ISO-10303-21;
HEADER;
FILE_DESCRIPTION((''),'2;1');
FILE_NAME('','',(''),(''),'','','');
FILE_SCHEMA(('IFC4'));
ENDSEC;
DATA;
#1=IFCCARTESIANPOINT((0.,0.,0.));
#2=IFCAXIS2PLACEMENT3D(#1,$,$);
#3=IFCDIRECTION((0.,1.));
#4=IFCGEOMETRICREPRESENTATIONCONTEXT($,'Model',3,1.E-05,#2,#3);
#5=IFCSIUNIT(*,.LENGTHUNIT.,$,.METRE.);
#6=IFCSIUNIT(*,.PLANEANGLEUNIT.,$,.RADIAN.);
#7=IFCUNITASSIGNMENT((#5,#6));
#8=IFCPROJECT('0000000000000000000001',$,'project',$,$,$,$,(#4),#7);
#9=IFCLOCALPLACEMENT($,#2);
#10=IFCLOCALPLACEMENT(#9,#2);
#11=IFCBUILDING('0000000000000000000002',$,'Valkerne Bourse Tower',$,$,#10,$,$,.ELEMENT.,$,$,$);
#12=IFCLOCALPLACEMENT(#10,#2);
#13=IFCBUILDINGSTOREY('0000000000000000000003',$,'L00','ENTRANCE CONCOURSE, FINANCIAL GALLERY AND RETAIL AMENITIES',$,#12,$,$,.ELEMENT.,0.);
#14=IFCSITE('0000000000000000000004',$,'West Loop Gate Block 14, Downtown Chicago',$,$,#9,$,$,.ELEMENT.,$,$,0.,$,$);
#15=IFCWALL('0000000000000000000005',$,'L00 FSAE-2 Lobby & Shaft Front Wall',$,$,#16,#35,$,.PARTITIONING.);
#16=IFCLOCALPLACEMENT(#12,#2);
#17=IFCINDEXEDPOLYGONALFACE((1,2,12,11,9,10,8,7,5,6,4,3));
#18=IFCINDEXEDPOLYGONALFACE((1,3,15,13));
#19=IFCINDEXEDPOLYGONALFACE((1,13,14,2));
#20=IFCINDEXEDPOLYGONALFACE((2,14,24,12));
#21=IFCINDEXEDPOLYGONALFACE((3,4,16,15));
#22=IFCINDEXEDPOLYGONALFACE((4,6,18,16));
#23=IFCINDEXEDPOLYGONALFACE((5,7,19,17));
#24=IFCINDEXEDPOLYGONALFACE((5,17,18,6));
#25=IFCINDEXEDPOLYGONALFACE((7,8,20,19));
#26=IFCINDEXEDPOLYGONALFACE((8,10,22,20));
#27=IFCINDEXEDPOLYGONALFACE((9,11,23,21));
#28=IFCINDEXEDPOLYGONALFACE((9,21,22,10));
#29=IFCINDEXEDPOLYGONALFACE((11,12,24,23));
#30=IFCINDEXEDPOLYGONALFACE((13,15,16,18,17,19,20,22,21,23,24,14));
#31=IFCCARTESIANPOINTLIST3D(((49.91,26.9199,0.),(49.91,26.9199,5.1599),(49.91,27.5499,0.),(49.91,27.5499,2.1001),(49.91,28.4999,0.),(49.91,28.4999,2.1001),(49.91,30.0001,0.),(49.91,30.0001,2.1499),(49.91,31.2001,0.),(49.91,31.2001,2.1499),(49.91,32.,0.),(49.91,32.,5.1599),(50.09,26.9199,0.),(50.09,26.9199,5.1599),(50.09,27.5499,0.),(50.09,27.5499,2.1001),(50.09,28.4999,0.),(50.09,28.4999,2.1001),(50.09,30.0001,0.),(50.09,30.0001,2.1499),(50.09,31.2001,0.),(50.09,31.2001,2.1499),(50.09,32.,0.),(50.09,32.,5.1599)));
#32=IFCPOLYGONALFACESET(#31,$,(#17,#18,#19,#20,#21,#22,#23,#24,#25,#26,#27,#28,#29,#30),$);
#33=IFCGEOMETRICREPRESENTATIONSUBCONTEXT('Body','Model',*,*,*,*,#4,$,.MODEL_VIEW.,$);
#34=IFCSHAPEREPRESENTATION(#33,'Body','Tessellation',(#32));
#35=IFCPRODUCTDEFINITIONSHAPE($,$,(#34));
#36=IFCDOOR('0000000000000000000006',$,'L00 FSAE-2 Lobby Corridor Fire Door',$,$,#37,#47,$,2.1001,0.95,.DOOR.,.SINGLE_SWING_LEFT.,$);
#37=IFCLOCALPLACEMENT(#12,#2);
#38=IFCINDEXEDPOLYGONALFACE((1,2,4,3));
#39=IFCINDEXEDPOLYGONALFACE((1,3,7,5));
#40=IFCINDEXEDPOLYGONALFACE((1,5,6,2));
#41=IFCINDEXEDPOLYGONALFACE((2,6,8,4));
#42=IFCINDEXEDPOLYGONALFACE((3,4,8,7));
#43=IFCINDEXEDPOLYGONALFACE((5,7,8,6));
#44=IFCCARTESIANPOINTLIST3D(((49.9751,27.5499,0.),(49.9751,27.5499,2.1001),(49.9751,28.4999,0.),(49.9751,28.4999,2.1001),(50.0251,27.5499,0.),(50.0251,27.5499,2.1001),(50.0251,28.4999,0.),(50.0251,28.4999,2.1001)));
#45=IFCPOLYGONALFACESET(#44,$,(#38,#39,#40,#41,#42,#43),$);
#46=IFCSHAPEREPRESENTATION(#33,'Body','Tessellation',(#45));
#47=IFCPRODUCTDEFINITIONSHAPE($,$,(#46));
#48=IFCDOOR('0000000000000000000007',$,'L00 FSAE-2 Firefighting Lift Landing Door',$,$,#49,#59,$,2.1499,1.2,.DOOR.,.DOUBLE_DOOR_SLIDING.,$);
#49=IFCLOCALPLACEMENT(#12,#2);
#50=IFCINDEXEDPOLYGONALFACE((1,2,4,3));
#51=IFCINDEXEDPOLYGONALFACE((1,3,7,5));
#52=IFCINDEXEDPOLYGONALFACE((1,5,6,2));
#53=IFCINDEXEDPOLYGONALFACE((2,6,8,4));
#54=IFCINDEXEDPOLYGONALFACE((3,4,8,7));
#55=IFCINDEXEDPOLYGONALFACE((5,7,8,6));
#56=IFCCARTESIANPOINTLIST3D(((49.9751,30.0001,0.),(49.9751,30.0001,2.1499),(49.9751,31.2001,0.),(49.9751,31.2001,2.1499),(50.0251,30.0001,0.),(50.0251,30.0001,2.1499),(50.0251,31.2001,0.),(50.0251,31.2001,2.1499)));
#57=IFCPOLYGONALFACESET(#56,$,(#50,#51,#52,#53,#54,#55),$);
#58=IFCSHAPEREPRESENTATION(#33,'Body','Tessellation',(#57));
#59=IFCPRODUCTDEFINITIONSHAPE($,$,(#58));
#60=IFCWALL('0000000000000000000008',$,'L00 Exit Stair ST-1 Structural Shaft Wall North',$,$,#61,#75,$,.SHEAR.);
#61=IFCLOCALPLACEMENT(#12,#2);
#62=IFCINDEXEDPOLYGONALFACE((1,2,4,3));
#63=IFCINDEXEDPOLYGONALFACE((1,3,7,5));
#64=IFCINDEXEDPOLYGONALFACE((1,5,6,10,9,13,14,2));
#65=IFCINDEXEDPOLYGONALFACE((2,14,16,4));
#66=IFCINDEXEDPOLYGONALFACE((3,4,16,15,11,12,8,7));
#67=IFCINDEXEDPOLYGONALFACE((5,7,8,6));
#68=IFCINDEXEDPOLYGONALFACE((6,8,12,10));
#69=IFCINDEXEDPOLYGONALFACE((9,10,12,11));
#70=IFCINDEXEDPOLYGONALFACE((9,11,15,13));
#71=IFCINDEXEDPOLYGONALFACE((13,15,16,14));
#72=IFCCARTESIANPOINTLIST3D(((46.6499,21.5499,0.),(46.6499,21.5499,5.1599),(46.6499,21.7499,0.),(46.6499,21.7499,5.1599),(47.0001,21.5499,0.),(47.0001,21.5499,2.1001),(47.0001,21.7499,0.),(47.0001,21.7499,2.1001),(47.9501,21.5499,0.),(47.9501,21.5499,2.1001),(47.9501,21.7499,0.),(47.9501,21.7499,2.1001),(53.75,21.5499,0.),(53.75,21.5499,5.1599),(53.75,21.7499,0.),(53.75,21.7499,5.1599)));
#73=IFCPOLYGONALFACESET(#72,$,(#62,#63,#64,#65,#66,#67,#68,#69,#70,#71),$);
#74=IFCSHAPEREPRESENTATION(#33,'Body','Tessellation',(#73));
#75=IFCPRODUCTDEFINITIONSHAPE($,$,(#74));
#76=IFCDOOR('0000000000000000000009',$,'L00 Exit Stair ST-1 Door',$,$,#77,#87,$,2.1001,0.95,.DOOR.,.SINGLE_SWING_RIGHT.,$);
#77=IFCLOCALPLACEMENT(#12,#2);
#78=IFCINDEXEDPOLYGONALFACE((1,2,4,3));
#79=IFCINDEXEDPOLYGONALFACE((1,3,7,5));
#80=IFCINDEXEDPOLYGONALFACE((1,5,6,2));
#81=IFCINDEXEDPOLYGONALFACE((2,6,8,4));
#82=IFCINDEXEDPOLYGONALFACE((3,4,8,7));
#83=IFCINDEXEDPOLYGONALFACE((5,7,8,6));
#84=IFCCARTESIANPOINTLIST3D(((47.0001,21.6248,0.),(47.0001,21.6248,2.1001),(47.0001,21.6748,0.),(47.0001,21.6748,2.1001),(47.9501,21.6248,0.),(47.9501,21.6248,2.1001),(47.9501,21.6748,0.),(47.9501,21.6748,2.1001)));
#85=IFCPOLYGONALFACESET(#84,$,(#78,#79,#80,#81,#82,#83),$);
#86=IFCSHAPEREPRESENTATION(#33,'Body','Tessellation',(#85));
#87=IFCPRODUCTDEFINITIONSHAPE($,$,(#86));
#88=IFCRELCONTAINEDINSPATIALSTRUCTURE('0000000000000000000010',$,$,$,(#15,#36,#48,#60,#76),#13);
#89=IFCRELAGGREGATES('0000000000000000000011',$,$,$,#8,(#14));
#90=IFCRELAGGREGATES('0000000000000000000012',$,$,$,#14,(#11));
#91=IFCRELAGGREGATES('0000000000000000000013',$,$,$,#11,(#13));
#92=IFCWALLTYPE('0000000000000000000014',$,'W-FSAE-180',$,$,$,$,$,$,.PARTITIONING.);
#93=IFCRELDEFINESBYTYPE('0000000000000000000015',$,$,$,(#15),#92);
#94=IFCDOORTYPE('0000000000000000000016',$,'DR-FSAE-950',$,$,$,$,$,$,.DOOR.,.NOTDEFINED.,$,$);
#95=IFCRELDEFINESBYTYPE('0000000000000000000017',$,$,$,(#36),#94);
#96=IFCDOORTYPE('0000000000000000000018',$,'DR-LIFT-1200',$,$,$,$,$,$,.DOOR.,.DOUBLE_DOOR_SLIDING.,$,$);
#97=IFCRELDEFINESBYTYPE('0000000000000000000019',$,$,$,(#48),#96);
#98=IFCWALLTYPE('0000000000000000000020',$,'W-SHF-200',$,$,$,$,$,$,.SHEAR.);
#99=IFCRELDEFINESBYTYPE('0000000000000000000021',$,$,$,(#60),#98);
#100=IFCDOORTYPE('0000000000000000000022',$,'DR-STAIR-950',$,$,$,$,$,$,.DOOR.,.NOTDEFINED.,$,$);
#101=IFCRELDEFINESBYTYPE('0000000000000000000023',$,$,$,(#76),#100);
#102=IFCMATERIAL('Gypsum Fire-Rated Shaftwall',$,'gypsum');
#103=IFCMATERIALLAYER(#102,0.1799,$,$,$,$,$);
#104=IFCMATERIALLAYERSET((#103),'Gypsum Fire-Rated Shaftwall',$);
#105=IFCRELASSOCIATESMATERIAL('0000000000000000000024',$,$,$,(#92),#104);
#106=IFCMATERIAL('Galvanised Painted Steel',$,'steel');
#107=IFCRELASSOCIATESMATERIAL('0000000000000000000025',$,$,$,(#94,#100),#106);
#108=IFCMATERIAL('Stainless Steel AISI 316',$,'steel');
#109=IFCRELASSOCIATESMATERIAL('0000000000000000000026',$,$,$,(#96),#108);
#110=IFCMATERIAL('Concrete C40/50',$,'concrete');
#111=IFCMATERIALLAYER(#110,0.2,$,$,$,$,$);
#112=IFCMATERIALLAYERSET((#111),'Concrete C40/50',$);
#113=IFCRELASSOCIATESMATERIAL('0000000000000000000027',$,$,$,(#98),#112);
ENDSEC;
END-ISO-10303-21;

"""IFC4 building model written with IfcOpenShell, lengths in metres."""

from ifc_helpers import new_model, si_unit, direction, frame, frame_2d, origin, place, context, subcontext, project, spatial, rectangle, extrude, material, layer, layer_set, type_object, element, fill, save


model = new_model("IFC4")

# Units and contexts
model_context = context("Model", 3, precision=1e-05, world=origin(), true_north=direction((0.0, 1.0)))
body_context = subcontext(model_context, "Body", "Model", "MODEL_VIEW")
ifc_project = project(units=[si_unit("LENGTHUNIT", "METRE"), si_unit("PLANEANGLEUNIT", "RADIAN")], contexts=[model_context])

# Site, building, storey
site_placement = place(None, origin())
site = spatial("IfcSite", under=ifc_project, at=site_placement, Name="West Loop Gate Block 14, Downtown Chicago", CompositionType="ELEMENT", RefElevation=0.0)
building_placement = place(site_placement, origin())
building = spatial("IfcBuilding", under=site, at=building_placement, Name="Valkerne Bourse Tower", CompositionType="ELEMENT")
storey_placement = place(building_placement, origin())
storey = spatial("IfcBuildingStorey", under=building, at=storey_placement, Name="L00", Description="ENTRANCE CONCOURSE, FINANCIAL GALLERY AND RETAIL AMENITIES", CompositionType="ELEMENT", Elevation=0.0)

# Shared definitions
ifc_material_1 = material(Name="Gypsum Fire-Rated Shaftwall", Category="gypsum")
ifc_layer_1 = layer(ifc_material_1, 0.1799)
ifc_layer_set_1 = layer_set([ifc_layer_1], Name="Gypsum Fire-Rated Shaftwall")
wall_type_1 = type_object("IfcWallType", Name="W-FSAE-180", PredefinedType="PARTITIONING", material=ifc_layer_set_1)

# Shared definitions
ifc_material_2 = material(Name="Galvanised Painted Steel", Category="steel")
door_type_1 = type_object("IfcDoorType", Name="DR-FSAE-950", OperationType="NOTDEFINED", PredefinedType="DOOR", material=ifc_material_2)

# Wall, openings, doors
ifc_material_3 = material(Name="Stainless Steel AISI 316", Category="steel")
door_type_2 = type_object("IfcDoorType", Name="DR-LIFT-1200", OperationType="DOUBLE_DOOR_SLIDING", PredefinedType="DOOR", material=ifc_material_3)
wall_1_placement = place(storey_placement, frame((50.0, 26.9199, 0.0), z_axis=(0.0, 0.0, 1.0), x_axis=(0.0, 1.0, 0.0)))
wall_1 = element("IfcWall", 1, at=wall_1_placement, inside=storey, type_object=wall_type_1, Name="L00 FSAE-2 Lobby & Shaft Front Wall", PredefinedType="PARTITIONING", context=body_context, shape_type="SweptSolid", body=[
    extrude(rectangle(XDim=5.0801, YDim=0.1799, at=frame_2d((2.54, 0.0))), origin(), (0.0, 0.0, 1.0), 5.1599),
])
opening_1_placement = place(wall_1_placement, frame((3.0801, 0.0, 0.0)))
opening_1 = element("IfcOpeningElement", 2, at=opening_1_placement, cuts=wall_1, PredefinedType="OPENING", context=body_context, shape_type="SweptSolid", body=[
    extrude(rectangle(XDim=1.2, YDim=2.1499, at=frame_2d((0.6001, 1.075))), frame((0.0, 0.0999, 0.0), z_axis=(0.0, -1.0, 0.0), x_axis=(1.0, 0.0, 0.0)), (0.0, 0.0, 1.0), 0.2),
])
opening_2_placement = place(wall_1_placement, frame((0.6299, 0.0, 0.0)))
opening_2 = element("IfcOpeningElement", 3, at=opening_2_placement, cuts=wall_1, PredefinedType="OPENING", context=body_context, shape_type="SweptSolid", body=[
    extrude(rectangle(XDim=0.95, YDim=2.1001, at=frame_2d((0.4751, 1.05))), frame((0.0, 0.0999, 0.0), z_axis=(0.0, -1.0, 0.0), x_axis=(1.0, 0.0, 0.0)), (0.0, 0.0, 1.0), 0.2),
])
door_1_placement = place(opening_2_placement, origin())
door_1 = element("IfcDoor", 4, at=door_1_placement, inside=storey, type_object=door_type_1, Name="L00 FSAE-2 Lobby Corridor Fire Door", OperationType="SINGLE_SWING_LEFT", OverallHeight=2.1001, OverallWidth=0.95, PredefinedType="DOOR", context=body_context, shape_type="SweptSolid", body=[
    extrude(rectangle(XDim=0.95, YDim=2.1001, at=frame_2d((0.4751, 1.05))), frame((0.0, 0.0249, 0.0), z_axis=(0.0, -1.0, 0.0), x_axis=(1.0, 0.0, 0.0)), (0.0, 0.0, 1.0), 0.05),
])
fill(opening_2, door_1)
door_2_placement = place(opening_1_placement, origin())
door_2 = element("IfcDoor", 5, at=door_2_placement, inside=storey, type_object=door_type_2, Name="L00 FSAE-2 Firefighting Lift Landing Door", OperationType="DOUBLE_DOOR_SLIDING", OverallHeight=2.1499, OverallWidth=1.2, PredefinedType="DOOR", context=body_context, shape_type="SweptSolid", body=[
    extrude(rectangle(XDim=1.2, YDim=2.1499, at=frame_2d((0.6001, 1.075))), frame((0.0, 0.0249, 0.0), z_axis=(0.0, -1.0, 0.0), x_axis=(1.0, 0.0, 0.0)), (0.0, 0.0, 1.0), 0.05),
])
fill(opening_1, door_2)

# Wall, opening, door
ifc_material_4 = material(Name="Concrete C40/50", Category="concrete")
ifc_layer_2 = layer(ifc_material_4, 0.2)
ifc_layer_set_2 = layer_set([ifc_layer_2], Name="Concrete C40/50")
wall_type_2 = type_object("IfcWallType", Name="W-SHF-200", PredefinedType="SHEAR", material=ifc_layer_set_2)
wall_2_placement = place(storey_placement, frame((46.6499, 21.6499, 0.0), z_axis=(0.0, 0.0, 1.0), x_axis=(1.0, 0.0, 0.0)))
wall_2 = element("IfcWall", 6, at=wall_2_placement, inside=storey, type_object=wall_type_2, Name="L00 Exit Stair ST-1 Structural Shaft Wall North", PredefinedType="SHEAR", context=body_context, shape_type="SweptSolid", body=[
    extrude(rectangle(XDim=7.1001, YDim=0.2, at=frame_2d((3.55, 0.0))), origin(), (0.0, 0.0, 1.0), 5.1599),
])
opening_3_placement = place(wall_2_placement, frame((0.3501, 0.0, 0.0)))
opening_3 = element("IfcOpeningElement", 7, at=opening_3_placement, cuts=wall_2, PredefinedType="OPENING", context=body_context, shape_type="SweptSolid", body=[
    extrude(rectangle(XDim=0.95, YDim=2.1001, at=frame_2d((0.4751, 1.05))), frame((0.0, 0.1099, 0.0), z_axis=(0.0, -1.0, 0.0), x_axis=(1.0, 0.0, 0.0)), (0.0, 0.0, 1.0), 0.22),
])
door_type_3 = type_object("IfcDoorType", Name="DR-STAIR-950", OperationType="NOTDEFINED", PredefinedType="DOOR", material=ifc_material_2)
door_3_placement = place(opening_3_placement, origin())
door_3 = element("IfcDoor", 8, at=door_3_placement, inside=storey, type_object=door_type_3, Name="L00 Exit Stair ST-1 Door", OperationType="SINGLE_SWING_RIGHT", OverallHeight=2.1001, OverallWidth=0.95, PredefinedType="DOOR", context=body_context, shape_type="SweptSolid", body=[
    extrude(rectangle(XDim=0.95, YDim=2.1001, at=frame_2d((0.4751, 1.05))), frame((0.0, 0.0249, 0.0), z_axis=(0.0, -1.0, 0.0), x_axis=(1.0, 0.0, 0.0)), (0.0, 0.0, 1.0), 0.05),
])
fill(opening_3, door_3)

save(model, "model.ifc")
